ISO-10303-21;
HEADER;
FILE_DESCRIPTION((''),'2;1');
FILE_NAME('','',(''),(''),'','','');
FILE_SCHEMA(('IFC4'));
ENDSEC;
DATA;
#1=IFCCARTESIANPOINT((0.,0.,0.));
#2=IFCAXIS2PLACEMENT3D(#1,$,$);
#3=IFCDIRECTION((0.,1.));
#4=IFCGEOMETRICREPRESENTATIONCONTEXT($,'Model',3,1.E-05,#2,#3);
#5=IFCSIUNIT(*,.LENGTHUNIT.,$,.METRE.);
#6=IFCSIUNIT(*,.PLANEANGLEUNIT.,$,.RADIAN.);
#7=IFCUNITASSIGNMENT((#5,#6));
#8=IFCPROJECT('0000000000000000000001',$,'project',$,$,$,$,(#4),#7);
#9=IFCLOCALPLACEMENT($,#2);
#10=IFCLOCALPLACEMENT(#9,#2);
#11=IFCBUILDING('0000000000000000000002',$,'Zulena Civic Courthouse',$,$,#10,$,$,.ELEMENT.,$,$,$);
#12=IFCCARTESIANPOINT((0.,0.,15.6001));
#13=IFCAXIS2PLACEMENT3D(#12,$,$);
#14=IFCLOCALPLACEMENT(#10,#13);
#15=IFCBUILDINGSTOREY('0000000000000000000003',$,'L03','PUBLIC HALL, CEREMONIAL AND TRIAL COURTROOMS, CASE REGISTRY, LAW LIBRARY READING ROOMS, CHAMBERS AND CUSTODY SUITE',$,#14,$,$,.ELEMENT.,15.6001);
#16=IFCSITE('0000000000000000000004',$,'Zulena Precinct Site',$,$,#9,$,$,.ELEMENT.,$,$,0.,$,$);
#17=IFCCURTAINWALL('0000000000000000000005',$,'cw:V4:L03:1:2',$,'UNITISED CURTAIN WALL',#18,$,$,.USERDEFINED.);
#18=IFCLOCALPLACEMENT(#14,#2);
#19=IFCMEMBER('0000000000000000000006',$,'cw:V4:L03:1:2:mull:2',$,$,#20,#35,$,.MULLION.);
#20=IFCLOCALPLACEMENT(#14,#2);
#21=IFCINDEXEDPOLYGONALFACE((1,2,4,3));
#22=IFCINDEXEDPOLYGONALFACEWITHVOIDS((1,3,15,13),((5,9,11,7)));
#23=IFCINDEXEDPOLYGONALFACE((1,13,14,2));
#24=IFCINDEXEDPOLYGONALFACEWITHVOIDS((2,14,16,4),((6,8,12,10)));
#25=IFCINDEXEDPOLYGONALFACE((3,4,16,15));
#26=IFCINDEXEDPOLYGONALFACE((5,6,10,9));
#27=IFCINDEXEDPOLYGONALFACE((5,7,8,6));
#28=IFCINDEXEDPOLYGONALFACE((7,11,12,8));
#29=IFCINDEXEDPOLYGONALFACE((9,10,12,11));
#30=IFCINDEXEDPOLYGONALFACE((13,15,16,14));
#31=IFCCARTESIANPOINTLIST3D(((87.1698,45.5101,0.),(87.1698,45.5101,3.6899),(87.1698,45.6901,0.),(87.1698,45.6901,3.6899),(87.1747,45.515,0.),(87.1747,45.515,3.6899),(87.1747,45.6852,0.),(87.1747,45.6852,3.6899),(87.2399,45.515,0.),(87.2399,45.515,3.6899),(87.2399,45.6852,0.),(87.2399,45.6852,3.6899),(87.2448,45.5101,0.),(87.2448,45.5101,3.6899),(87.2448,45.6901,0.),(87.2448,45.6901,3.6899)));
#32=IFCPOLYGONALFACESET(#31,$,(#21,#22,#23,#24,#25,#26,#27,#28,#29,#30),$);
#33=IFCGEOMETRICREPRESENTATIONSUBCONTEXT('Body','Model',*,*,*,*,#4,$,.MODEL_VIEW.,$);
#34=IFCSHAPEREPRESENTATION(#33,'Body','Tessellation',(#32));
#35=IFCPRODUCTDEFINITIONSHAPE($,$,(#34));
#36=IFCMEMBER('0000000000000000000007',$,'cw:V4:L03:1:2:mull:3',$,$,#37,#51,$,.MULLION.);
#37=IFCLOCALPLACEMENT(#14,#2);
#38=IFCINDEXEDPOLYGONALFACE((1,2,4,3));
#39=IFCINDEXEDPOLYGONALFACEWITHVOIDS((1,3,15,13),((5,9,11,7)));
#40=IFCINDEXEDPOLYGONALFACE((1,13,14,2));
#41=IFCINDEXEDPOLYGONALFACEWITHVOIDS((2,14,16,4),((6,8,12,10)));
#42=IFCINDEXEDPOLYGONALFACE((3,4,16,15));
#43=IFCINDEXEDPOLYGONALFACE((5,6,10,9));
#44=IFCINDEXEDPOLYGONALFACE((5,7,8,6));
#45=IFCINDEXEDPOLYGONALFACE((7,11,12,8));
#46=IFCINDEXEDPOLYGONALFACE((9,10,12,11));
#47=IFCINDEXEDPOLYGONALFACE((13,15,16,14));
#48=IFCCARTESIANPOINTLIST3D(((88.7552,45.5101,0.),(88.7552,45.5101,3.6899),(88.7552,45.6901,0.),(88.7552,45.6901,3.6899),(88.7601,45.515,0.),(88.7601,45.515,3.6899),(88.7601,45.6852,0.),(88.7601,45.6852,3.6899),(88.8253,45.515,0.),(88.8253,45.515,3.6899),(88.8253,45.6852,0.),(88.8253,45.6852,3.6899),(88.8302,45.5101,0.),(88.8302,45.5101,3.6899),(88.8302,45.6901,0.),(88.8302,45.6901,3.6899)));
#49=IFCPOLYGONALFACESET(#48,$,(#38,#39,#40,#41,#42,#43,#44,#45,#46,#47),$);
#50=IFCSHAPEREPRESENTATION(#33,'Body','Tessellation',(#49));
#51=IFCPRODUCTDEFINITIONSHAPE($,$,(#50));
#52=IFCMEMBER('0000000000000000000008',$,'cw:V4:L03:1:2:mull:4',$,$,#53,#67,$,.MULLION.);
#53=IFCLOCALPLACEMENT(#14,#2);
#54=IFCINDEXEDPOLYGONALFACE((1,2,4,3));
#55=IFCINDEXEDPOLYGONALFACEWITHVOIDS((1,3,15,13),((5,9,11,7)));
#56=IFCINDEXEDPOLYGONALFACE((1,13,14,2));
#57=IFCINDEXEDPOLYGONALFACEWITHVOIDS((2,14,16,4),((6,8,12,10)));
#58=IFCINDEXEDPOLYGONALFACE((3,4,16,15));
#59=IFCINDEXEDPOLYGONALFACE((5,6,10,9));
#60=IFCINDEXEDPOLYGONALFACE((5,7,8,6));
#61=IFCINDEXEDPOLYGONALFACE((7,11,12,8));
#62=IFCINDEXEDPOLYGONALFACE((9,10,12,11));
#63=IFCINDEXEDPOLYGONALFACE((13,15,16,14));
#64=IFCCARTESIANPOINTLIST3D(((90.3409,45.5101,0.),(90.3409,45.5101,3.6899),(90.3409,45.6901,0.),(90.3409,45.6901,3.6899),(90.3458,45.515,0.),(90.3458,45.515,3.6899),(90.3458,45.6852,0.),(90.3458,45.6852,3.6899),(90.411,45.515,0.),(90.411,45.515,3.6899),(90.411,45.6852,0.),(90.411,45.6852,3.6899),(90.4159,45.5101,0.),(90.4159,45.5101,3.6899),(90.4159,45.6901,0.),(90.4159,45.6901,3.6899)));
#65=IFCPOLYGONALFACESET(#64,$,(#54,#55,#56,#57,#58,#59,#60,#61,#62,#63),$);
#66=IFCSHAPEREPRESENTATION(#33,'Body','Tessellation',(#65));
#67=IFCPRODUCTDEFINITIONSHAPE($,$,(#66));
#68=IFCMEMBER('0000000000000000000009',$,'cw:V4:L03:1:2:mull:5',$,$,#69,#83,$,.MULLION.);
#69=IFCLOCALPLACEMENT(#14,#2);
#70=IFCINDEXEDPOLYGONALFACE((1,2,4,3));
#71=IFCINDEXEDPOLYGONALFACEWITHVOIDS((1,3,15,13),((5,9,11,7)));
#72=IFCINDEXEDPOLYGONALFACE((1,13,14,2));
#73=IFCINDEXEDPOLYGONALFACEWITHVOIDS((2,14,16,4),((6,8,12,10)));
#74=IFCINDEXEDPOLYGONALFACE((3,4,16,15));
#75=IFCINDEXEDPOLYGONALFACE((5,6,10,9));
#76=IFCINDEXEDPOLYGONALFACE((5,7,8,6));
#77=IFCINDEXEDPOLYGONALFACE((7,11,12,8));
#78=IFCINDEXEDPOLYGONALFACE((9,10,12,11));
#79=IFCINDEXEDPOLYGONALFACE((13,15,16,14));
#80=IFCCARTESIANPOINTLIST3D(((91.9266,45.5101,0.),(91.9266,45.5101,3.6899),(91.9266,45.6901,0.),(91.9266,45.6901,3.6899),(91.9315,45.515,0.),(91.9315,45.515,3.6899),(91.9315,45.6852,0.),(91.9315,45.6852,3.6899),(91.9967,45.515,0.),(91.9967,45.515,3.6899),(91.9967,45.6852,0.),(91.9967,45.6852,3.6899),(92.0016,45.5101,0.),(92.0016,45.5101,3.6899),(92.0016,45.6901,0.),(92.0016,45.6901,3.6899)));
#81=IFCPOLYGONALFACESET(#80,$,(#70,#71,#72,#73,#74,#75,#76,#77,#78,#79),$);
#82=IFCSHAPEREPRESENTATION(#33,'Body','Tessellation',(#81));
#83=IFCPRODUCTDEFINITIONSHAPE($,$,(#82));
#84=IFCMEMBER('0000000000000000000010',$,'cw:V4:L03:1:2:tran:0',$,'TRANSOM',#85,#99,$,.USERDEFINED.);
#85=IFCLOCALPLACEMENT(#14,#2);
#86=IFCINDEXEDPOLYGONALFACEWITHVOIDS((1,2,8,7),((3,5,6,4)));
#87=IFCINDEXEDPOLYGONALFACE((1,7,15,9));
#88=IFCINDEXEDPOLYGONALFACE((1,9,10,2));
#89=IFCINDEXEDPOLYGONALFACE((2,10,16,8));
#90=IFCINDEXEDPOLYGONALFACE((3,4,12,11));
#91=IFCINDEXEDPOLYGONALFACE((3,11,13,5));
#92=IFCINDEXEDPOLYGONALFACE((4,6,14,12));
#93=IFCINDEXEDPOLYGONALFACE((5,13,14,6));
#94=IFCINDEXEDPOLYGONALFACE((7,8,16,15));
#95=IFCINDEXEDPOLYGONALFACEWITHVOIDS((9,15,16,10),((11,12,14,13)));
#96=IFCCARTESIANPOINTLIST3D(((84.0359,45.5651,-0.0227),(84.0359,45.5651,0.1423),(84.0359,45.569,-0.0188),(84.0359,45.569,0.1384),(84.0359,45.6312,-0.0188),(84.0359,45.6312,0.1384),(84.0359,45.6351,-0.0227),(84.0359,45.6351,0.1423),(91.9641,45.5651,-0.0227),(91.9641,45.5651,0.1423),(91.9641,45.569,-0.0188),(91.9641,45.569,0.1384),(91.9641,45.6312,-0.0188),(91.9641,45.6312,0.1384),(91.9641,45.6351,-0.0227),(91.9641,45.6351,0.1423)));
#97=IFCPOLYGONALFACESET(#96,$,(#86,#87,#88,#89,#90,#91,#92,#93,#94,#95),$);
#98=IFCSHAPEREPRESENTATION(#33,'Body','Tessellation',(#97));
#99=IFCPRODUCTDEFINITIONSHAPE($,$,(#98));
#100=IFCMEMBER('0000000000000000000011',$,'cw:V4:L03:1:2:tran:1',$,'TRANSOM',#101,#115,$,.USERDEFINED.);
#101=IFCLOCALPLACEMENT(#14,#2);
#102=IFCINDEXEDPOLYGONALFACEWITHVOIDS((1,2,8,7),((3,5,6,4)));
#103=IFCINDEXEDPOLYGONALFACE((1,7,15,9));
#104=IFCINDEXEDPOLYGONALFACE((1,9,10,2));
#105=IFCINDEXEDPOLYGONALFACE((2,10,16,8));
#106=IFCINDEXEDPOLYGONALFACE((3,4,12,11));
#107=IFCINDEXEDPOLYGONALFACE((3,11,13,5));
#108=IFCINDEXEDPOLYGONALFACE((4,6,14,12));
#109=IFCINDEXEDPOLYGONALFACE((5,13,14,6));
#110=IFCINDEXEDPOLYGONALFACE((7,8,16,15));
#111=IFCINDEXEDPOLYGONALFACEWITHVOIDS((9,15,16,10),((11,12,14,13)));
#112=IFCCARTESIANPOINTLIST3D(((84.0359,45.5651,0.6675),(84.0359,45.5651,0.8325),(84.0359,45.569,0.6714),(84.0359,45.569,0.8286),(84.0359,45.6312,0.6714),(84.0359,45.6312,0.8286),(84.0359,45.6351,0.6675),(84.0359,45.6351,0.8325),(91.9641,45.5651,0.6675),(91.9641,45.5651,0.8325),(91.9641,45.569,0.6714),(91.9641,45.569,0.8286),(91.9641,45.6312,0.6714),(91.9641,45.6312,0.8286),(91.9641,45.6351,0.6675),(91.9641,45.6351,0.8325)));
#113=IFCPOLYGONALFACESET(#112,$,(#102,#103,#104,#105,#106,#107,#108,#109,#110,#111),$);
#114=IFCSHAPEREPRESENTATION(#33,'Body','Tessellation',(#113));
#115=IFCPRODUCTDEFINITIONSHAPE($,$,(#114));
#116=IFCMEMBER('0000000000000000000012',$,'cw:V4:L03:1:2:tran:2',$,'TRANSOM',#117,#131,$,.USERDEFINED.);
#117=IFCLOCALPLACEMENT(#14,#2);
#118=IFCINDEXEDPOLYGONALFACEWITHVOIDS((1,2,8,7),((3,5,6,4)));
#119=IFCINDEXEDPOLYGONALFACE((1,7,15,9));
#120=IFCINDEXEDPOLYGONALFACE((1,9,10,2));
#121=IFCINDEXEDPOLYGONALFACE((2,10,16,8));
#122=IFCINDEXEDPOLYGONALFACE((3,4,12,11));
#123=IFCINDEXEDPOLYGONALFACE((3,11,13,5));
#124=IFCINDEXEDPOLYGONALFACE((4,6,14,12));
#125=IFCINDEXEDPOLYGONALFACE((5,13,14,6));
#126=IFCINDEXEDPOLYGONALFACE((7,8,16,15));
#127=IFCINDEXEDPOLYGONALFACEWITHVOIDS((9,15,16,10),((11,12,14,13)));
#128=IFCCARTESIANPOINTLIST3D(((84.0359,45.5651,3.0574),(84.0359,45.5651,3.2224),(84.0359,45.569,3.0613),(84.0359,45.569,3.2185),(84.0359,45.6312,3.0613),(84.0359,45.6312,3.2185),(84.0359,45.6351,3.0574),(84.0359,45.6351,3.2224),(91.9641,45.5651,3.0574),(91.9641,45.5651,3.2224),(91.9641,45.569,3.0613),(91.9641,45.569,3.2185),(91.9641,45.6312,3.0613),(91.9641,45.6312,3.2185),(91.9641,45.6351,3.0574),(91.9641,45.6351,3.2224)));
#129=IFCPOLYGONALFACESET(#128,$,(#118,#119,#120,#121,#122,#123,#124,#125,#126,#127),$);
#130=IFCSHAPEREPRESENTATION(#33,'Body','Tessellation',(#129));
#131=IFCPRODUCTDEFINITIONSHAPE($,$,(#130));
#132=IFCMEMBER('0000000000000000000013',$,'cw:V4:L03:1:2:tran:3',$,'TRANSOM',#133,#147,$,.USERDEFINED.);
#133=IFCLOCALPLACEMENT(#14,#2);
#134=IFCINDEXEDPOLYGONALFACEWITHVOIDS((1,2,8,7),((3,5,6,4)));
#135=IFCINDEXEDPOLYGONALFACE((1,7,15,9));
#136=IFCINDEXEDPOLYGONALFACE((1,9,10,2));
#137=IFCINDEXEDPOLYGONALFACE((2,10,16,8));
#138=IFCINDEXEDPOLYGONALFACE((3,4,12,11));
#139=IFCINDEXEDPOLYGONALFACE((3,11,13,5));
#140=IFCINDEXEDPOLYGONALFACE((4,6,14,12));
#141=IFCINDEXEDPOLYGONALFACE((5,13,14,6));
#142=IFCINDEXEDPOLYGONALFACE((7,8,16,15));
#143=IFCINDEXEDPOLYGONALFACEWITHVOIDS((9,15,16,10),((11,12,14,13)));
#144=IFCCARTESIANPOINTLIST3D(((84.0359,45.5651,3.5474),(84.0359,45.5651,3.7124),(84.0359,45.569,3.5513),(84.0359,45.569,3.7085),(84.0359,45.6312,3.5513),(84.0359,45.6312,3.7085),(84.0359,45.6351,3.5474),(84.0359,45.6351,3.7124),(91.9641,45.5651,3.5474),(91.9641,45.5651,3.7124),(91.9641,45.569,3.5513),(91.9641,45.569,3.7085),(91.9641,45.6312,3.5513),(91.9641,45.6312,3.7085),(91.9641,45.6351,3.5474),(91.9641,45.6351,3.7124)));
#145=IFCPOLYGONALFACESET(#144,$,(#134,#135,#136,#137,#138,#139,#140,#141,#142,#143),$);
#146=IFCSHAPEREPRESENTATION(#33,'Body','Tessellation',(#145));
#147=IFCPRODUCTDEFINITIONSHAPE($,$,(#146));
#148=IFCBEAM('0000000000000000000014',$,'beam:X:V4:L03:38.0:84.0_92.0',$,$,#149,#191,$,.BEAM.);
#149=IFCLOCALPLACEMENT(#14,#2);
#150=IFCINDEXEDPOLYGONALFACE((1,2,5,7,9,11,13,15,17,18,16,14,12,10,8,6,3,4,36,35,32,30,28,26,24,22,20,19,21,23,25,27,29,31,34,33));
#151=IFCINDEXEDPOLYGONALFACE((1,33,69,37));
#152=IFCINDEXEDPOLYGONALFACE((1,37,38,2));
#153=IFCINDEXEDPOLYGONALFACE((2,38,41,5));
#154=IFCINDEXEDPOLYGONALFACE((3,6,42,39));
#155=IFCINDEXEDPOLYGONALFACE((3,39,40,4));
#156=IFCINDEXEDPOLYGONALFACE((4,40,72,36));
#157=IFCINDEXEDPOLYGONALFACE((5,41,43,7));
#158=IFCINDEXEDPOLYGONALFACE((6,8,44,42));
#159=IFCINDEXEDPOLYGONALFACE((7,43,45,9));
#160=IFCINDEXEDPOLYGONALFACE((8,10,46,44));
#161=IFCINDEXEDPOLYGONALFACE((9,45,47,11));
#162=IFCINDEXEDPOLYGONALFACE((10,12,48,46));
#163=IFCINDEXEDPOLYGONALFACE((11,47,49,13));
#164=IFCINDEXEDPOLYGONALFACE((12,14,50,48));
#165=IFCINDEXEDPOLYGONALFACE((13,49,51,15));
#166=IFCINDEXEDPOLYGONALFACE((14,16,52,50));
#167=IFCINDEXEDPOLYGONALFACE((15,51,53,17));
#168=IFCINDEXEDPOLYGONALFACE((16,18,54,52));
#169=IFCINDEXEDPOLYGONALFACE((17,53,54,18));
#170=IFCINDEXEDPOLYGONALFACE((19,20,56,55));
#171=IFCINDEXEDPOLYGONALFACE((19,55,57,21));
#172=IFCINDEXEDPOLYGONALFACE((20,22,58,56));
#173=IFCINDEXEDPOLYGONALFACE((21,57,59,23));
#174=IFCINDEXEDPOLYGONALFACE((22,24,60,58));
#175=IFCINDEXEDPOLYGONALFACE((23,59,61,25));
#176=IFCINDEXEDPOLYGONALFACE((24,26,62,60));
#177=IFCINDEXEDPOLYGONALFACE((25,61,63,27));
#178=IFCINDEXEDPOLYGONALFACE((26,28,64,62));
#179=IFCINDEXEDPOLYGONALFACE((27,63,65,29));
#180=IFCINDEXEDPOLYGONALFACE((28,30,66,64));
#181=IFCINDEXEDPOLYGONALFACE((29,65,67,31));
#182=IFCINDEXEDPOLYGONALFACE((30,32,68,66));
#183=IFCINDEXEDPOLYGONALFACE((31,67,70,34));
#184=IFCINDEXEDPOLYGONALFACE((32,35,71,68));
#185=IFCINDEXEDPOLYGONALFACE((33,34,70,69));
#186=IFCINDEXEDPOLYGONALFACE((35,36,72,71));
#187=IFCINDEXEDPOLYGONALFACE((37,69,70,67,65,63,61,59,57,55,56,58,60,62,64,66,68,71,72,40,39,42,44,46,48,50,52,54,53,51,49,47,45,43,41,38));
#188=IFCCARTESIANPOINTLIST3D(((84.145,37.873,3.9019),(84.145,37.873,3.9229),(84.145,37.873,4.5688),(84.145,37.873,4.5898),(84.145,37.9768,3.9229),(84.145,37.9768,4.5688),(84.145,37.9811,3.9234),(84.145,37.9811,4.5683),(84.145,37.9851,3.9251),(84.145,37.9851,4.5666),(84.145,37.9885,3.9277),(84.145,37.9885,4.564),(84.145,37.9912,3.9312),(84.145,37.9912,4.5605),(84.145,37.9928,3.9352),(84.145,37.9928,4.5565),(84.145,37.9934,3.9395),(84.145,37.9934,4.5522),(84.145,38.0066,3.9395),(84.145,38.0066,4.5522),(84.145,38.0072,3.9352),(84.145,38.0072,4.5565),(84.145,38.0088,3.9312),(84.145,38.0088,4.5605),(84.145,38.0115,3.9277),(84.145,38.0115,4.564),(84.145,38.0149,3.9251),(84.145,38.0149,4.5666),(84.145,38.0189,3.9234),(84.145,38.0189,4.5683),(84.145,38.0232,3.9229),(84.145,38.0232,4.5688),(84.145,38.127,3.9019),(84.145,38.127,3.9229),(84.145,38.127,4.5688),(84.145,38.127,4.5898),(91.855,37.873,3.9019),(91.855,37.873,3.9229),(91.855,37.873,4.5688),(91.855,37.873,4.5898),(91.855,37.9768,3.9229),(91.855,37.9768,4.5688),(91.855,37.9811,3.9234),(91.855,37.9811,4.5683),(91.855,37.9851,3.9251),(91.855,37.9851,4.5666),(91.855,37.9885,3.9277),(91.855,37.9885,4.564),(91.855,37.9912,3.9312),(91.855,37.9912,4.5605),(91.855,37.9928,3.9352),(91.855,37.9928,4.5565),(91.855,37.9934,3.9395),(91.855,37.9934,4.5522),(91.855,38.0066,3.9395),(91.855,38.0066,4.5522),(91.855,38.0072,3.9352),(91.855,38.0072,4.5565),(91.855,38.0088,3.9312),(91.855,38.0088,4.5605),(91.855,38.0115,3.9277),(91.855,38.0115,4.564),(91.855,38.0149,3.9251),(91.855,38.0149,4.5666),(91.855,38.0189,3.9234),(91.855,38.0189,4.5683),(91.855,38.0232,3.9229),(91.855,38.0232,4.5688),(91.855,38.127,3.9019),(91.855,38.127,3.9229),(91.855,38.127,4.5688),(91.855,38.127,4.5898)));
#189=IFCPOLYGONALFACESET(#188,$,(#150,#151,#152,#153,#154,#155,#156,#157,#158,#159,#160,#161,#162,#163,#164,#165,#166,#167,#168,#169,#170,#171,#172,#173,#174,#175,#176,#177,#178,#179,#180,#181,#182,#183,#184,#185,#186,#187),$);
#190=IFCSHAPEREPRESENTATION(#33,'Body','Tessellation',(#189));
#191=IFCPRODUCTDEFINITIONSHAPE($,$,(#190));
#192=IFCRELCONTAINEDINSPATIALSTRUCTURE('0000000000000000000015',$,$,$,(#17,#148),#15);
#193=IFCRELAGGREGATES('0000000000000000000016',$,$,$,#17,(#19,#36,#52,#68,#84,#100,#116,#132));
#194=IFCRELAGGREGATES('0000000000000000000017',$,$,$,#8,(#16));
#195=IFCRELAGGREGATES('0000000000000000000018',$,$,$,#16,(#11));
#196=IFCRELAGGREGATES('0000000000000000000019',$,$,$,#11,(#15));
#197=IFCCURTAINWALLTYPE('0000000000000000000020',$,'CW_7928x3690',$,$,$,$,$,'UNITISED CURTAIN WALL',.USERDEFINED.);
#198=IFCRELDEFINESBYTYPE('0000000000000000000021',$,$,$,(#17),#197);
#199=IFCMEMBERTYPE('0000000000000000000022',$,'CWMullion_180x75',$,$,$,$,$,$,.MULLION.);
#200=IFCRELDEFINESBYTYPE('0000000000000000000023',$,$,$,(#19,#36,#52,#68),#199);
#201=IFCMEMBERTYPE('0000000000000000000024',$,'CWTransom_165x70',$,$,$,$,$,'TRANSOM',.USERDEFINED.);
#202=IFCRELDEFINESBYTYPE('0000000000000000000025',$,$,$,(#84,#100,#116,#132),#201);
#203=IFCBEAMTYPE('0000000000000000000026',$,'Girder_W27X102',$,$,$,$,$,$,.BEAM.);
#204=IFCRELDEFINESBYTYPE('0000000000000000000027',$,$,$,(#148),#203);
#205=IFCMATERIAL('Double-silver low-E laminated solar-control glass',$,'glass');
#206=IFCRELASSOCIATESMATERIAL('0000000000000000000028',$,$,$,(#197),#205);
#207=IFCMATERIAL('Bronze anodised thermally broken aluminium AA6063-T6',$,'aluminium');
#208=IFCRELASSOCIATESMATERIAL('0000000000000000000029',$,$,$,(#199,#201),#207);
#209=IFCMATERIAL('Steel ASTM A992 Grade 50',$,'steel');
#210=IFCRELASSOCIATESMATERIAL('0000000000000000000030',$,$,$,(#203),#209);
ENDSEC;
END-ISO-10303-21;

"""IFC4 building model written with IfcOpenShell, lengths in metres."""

from ifc_helpers import new_model, si_unit, direction, frame, origin, origin_2d, place, context, subcontext, project, spatial, hollow_rectangle, i_section, extrude, material, material_profile, profile_set, type_object, element, aggregate, save


model = new_model("IFC4")

# Units and contexts
model_context = context("Model", 3, precision=1e-05, world=origin(), true_north=direction((0.0, 1.0)))
body_context = subcontext(model_context, "Body", "Model", "MODEL_VIEW")
ifc_project = project(units=[si_unit("LENGTHUNIT", "METRE"), si_unit("PLANEANGLEUNIT", "RADIAN")], contexts=[model_context])

# Site, building, storey
site_placement = place(None, origin())
site = spatial("IfcSite", under=ifc_project, at=site_placement, Name="Zulena Precinct Site", CompositionType="ELEMENT", RefElevation=0.0)
building_placement = place(site_placement, origin())
building = spatial("IfcBuilding", under=site, at=building_placement, Name="Zulena Civic Courthouse", CompositionType="ELEMENT")
storey_placement = place(building_placement, frame((0.0, 0.0, 15.6001)))
storey = spatial("IfcBuildingStorey", under=building, at=storey_placement, Name="L03", Description="PUBLIC HALL, CEREMONIAL AND TRIAL COURTROOMS, CASE REGISTRY, LAW LIBRARY READING ROOMS, CHAMBERS AND CUSTODY SUITE", CompositionType="ELEMENT", Elevation=15.6001)

# Shared definitions
ifc_material_1 = material(Name="Steel ASTM A992 Grade 50", Category="steel")

# Shared definitions
ifc_material_2 = material(Name="Double-silver low-E laminated solar-control glass", Category="glass")
curtain_wall_type = type_object("IfcCurtainWallType", Name="CW_7928x3690", ElementType="UNITISED CURTAIN WALL", PredefinedType="USERDEFINED", material=ifc_material_2)
ifc_material_3 = material(Name="Bronze anodised thermally broken aluminium AA6063-T6", Category="aluminium")
ifc_material_profile_1 = material_profile(ifc_material_3, hollow_rectangle(XDim=0.075, YDim=0.1799, WallThickness=0.0049, at=origin_2d()), Name="CWM180X75X5")
ifc_profile_set_1 = profile_set([ifc_material_profile_1], Name="Bronze anodised thermally broken aluminium AA6063-T6")
member_type_1 = type_object("IfcMemberType", Name="CWMullion_180x75", PredefinedType="MULLION", material=ifc_profile_set_1)

# Curtain wall, members
curtain_wall_1_placement = place(storey_placement, origin())
curtain_wall_1 = element("IfcCurtainWall", 1, at=curtain_wall_1_placement, inside=storey, type_object=curtain_wall_type, Name="cw:V4:L03:1:2", ObjectType="UNITISED CURTAIN WALL", PredefinedType="USERDEFINED")
member_1_placement = place(storey_placement, frame((87.2073, 45.6001, 0.0), z_axis=(0.0, 0.0, 1.0), x_axis=(1.0, 0.0, 0.0)))
member_1 = element("IfcMember", 2, at=member_1_placement, type_object=member_type_1, Name="cw:V4:L03:1:2:mull:2", PredefinedType="MULLION", context=body_context, shape_type="SweptSolid", body=[
    extrude(hollow_rectangle(XDim=0.075, YDim=0.1799, WallThickness=0.0049, at=origin_2d()), origin(), (0.0, 0.0, 1.0), 3.6899),
])
member_2_placement = place(storey_placement, frame((88.7927, 45.6001, 0.0), z_axis=(0.0, 0.0, 1.0), x_axis=(1.0, 0.0, 0.0)))
member_2 = element("IfcMember", 3, at=member_2_placement, type_object=member_type_1, Name="cw:V4:L03:1:2:mull:3", PredefinedType="MULLION", context=body_context, shape_type="SweptSolid", body=[
    extrude(hollow_rectangle(XDim=0.075, YDim=0.1799, WallThickness=0.0049, at=origin_2d()), origin(), (0.0, 0.0, 1.0), 3.6899),
])
member_3_placement = place(storey_placement, frame((90.3784, 45.6001, 0.0), z_axis=(0.0, 0.0, 1.0), x_axis=(1.0, 0.0, 0.0)))
member_3 = element("IfcMember", 4, at=member_3_placement, type_object=member_type_1, Name="cw:V4:L03:1:2:mull:4", PredefinedType="MULLION", context=body_context, shape_type="SweptSolid", body=[
    extrude(hollow_rectangle(XDim=0.075, YDim=0.1799, WallThickness=0.0049, at=origin_2d()), origin(), (0.0, 0.0, 1.0), 3.6899),
])
member_4_placement = place(storey_placement, frame((91.9641, 45.6001, 0.0), z_axis=(0.0, 0.0, 1.0), x_axis=(1.0, 0.0, 0.0)))
member_4 = element("IfcMember", 5, at=member_4_placement, type_object=member_type_1, Name="cw:V4:L03:1:2:mull:5", PredefinedType="MULLION", context=body_context, shape_type="SweptSolid", body=[
    extrude(hollow_rectangle(XDim=0.075, YDim=0.1799, WallThickness=0.0049, at=origin_2d()), origin(), (0.0, 0.0, 1.0), 3.6899),
])
ifc_material_profile_2 = material_profile(ifc_material_3, hollow_rectangle(XDim=0.0701, YDim=0.165, WallThickness=0.0039, at=origin_2d()), Name="CWT165X70X4")
ifc_profile_set_2 = profile_set([ifc_material_profile_2], Name="Bronze anodised thermally broken aluminium AA6063-T6")
member_type_2 = type_object("IfcMemberType", Name="CWTransom_165x70", ElementType="TRANSOM", PredefinedType="USERDEFINED", material=ifc_profile_set_2)
member_5_placement = place(storey_placement, frame((84.0359, 45.6001, 0.0598), z_axis=(1.0, 0.0, 0.0), x_axis=(0.0, 1.0, 0.0)))
member_5 = element("IfcMember", 6, at=member_5_placement, type_object=member_type_2, Name="cw:V4:L03:1:2:tran:0", ObjectType="TRANSOM", PredefinedType="USERDEFINED", context=body_context, shape_type="SweptSolid", body=[
    extrude(hollow_rectangle(XDim=0.0701, YDim=0.165, WallThickness=0.0039, at=origin_2d()), origin(), (0.0, 0.0, 1.0), 7.9282),
])
member_6_placement = place(storey_placement, frame((84.0359, 45.6001, 0.75), z_axis=(1.0, 0.0, 0.0), x_axis=(0.0, 1.0, 0.0)))
member_6 = element("IfcMember", 7, at=member_6_placement, type_object=member_type_2, Name="cw:V4:L03:1:2:tran:1", ObjectType="TRANSOM", PredefinedType="USERDEFINED", context=body_context, shape_type="SweptSolid", body=[
    extrude(hollow_rectangle(XDim=0.0701, YDim=0.165, WallThickness=0.0039, at=origin_2d()), origin(), (0.0, 0.0, 1.0), 7.9282),
])
member_7_placement = place(storey_placement, frame((84.0359, 45.6001, 3.1399), z_axis=(1.0, 0.0, 0.0), x_axis=(0.0, 1.0, 0.0)))
member_7 = element("IfcMember", 8, at=member_7_placement, type_object=member_type_2, Name="cw:V4:L03:1:2:tran:2", ObjectType="TRANSOM", PredefinedType="USERDEFINED", context=body_context, shape_type="SweptSolid", body=[
    extrude(hollow_rectangle(XDim=0.0701, YDim=0.165, WallThickness=0.0039, at=origin_2d()), origin(), (0.0, 0.0, 1.0), 7.9282),
])
member_8_placement = place(storey_placement, frame((84.0359, 45.6001, 3.6299), z_axis=(1.0, 0.0, 0.0), x_axis=(0.0, 1.0, 0.0)))
member_8 = element("IfcMember", 9, at=member_8_placement, type_object=member_type_2, Name="cw:V4:L03:1:2:tran:3", ObjectType="TRANSOM", PredefinedType="USERDEFINED", context=body_context, shape_type="SweptSolid", body=[
    extrude(hollow_rectangle(XDim=0.0701, YDim=0.165, WallThickness=0.0039, at=origin_2d()), origin(), (0.0, 0.0, 1.0), 7.9282),
])

# Beam
ifc_material_profile_3 = material_profile(ifc_material_1, i_section(OverallWidth=0.2539, OverallDepth=0.688, WebThickness=0.0132, FlangeThickness=0.021, FilletRadius=0.0166, at=origin_2d()), Name="W27X102")
ifc_profile_set_3 = profile_set([ifc_material_profile_3], Name="Steel ASTM A992 Grade 50")
beam_type_1 = type_object("IfcBeamType", Name="Girder_W27X102", PredefinedType="BEAM", material=ifc_profile_set_3)
beam_1_placement = place(storey_placement, frame((84.145, 38.0, 4.2458), z_axis=(1.0, 0.0, 0.0), x_axis=(0.0, 1.0, 0.0)))
element("IfcBeam", 10, at=beam_1_placement, inside=storey, type_object=beam_type_1, Name="beam:X:V4:L03:38.0:84.0_92.0", PredefinedType="BEAM", context=body_context, shape_type="SweptSolid", body=[
    extrude(i_section(OverallWidth=0.2539, OverallDepth=0.688, WebThickness=0.0132, FlangeThickness=0.021, FilletRadius=0.0166, at=origin_2d()), origin(), (0.0, 0.0, 1.0), 7.71),
])

aggregate(curtain_wall_1, [member_1, member_2, member_3, member_4, member_5, member_6, member_7, member_8])

save(model, "model.ifc")
